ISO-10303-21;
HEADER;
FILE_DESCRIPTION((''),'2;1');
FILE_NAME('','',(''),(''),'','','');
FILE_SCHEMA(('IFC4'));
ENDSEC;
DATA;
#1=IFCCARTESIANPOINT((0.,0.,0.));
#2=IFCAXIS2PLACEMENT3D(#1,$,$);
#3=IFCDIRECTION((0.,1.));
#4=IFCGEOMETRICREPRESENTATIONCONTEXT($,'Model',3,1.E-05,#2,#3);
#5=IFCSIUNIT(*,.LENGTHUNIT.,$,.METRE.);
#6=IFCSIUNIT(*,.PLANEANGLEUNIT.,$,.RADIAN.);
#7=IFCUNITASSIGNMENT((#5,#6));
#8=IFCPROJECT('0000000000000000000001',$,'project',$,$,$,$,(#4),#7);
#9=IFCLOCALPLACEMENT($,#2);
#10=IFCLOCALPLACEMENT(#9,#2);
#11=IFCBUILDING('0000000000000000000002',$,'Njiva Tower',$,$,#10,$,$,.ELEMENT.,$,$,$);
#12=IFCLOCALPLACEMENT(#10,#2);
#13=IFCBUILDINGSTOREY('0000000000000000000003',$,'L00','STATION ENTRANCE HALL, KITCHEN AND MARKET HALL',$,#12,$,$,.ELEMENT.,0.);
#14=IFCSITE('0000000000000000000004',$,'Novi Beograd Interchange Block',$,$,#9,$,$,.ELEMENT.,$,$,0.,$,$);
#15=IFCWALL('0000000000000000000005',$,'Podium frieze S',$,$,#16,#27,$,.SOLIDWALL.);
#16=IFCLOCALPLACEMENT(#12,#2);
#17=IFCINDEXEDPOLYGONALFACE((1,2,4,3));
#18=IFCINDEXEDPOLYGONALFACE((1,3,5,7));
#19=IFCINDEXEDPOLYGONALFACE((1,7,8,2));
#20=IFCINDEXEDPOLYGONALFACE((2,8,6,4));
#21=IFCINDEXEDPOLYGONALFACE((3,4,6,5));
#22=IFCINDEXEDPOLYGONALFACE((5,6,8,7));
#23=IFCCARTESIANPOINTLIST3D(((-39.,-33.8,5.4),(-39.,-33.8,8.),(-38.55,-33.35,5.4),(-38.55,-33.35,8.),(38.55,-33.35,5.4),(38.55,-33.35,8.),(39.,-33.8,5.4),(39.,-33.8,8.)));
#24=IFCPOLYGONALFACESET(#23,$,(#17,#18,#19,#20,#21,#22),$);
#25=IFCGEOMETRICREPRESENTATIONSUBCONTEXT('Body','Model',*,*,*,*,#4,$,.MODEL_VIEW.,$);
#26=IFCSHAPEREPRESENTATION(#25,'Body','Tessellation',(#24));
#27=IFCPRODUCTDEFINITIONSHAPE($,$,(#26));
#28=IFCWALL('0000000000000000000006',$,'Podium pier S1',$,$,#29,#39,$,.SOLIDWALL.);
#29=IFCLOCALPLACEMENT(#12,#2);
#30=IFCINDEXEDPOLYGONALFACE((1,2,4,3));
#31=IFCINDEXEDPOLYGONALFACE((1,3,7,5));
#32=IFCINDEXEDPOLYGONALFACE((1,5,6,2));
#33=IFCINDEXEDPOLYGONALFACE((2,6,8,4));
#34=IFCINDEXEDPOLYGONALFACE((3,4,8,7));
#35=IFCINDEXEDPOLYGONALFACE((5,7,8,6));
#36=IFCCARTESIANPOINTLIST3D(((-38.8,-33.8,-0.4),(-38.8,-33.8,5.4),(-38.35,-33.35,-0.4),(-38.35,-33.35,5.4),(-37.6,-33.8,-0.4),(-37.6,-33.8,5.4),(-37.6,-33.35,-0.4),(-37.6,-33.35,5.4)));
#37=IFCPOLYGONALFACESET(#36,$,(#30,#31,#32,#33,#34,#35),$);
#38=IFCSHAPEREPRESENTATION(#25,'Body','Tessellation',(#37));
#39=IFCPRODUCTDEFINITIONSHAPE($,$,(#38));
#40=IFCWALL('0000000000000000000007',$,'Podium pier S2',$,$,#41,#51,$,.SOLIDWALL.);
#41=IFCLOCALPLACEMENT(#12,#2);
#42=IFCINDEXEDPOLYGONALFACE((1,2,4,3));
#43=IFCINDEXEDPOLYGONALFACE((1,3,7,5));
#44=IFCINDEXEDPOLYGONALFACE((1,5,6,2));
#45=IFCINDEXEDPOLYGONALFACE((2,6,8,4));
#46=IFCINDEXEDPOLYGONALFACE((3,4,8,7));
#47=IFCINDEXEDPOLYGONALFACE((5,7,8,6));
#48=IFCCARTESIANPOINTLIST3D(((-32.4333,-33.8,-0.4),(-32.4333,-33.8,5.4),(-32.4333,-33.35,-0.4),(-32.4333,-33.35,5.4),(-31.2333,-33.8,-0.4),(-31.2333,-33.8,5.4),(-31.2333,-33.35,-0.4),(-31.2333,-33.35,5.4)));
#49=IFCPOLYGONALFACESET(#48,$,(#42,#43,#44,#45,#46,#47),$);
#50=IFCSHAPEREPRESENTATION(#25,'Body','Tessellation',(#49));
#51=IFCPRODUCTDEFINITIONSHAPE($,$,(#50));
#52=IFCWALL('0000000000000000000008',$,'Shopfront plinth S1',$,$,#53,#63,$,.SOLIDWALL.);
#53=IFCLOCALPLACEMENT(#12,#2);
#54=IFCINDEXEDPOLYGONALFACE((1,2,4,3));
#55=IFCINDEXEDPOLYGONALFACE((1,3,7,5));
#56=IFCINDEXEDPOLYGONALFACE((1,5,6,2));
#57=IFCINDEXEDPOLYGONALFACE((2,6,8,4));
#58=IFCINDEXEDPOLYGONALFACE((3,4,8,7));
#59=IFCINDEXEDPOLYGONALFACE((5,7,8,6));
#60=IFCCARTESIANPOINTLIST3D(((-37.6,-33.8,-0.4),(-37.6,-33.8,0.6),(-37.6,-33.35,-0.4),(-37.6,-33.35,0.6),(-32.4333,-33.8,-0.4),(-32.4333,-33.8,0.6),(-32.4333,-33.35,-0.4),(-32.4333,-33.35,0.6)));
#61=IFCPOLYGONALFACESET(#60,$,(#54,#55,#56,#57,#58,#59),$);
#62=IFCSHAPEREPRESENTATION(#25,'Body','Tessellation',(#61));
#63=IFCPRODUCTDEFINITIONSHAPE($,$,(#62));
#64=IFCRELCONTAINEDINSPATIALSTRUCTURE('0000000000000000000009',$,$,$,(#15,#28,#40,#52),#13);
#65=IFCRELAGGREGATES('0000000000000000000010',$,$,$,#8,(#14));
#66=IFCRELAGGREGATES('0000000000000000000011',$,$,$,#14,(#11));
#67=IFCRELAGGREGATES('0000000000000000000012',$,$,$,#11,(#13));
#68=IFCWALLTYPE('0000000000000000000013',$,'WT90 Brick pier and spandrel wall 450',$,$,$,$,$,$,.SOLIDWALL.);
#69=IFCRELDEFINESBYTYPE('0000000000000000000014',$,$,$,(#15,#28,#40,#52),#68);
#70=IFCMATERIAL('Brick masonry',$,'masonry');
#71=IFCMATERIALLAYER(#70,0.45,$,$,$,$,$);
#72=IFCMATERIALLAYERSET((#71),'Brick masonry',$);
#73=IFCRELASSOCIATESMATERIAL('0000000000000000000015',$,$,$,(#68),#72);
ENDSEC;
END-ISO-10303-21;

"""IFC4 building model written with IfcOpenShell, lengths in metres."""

from ifc_helpers import new_model, si_unit, direction, frame, origin, place, context, subcontext, project, spatial, polyline, outline, extrude, material, layer, layer_set, type_object, element, save


model = new_model("IFC4")

# Units and contexts
model_context = context("Model", 3, precision=1e-05, world=origin(), true_north=direction((0.0, 1.0)))
body_context = subcontext(model_context, "Body", "Model", "MODEL_VIEW")
ifc_project = project(units=[si_unit("LENGTHUNIT", "METRE"), si_unit("PLANEANGLEUNIT", "RADIAN")], contexts=[model_context])

# Site, building, storey
site_placement = place(None, origin())
site = spatial("IfcSite", under=ifc_project, at=site_placement, Name="Novi Beograd Interchange Block", CompositionType="ELEMENT", RefElevation=0.0)
building_placement = place(site_placement, origin())
building = spatial("IfcBuilding", under=site, at=building_placement, Name="Njiva Tower", CompositionType="ELEMENT")
storey_placement = place(building_placement, origin())
storey = spatial("IfcBuildingStorey", under=building, at=storey_placement, Name="L00", Description="STATION ENTRANCE HALL, KITCHEN AND MARKET HALL", CompositionType="ELEMENT", Elevation=0.0)

# Walls
ifc_material_1 = material(Name="Brick masonry", Category="masonry")
ifc_layer_1 = layer(ifc_material_1, 0.45)
ifc_layer_set_1 = layer_set([ifc_layer_1], Name="Brick masonry")
wall_type = type_object("IfcWallType", Name="WT90 Brick pier and spandrel wall 450", PredefinedType="SOLIDWALL", material=ifc_layer_set_1)
wall_1_placement = place(storey_placement, frame((-38.775, -33.575, 5.4), z_axis=(0.0, 0.0, 1.0), x_axis=(1.0, 0.0, 0.0)))
element("IfcWall", 1, at=wall_1_placement, inside=storey, type_object=wall_type, Name="Podium frieze S", PredefinedType="SOLIDWALL", context=body_context, shape_type="SweptSolid", body=[
    extrude(outline(polyline([(-0.225, -0.225), (77.775, -0.225), (77.325, 0.225), (0.225, 0.225), (-0.225, -0.225)])), origin(), (0.0, 0.0, 1.0), 2.6),
])
wall_2_placement = place(storey_placement, frame((-38.575, -33.575, -0.4), z_axis=(0.0, 0.0, 1.0), x_axis=(1.0, 0.0, 0.0)))
element("IfcWall", 2, at=wall_2_placement, inside=storey, type_object=wall_type, Name="Podium pier S1", PredefinedType="SOLIDWALL", context=body_context, shape_type="SweptSolid", body=[
    extrude(outline(polyline([(-0.225, -0.225), (0.975, -0.225), (0.975, 0.225), (0.225, 0.225), (-0.225, -0.225)])), origin(), (0.0, 0.0, 1.0), 5.8),
])
wall_3_placement = place(storey_placement, frame((-32.4333, -33.575, -0.4), z_axis=(0.0, 0.0, 1.0), x_axis=(1.0, 0.0, 0.0)))
element("IfcWall", 3, at=wall_3_placement, inside=storey, type_object=wall_type, Name="Podium pier S2", PredefinedType="SOLIDWALL", context=body_context, shape_type="SweptSolid", body=[
    extrude(outline(polyline([(0.0, -0.225), (1.2, -0.225), (1.2, 0.225), (0.0, 0.225), (0.0, -0.225)])), origin(), (0.0, 0.0, 1.0), 5.8),
])
wall_4_placement = place(storey_placement, frame((-37.6, -33.575, -0.4), z_axis=(0.0, 0.0, 1.0), x_axis=(1.0, 0.0, 0.0)))
element("IfcWall", 4, at=wall_4_placement, inside=storey, type_object=wall_type, Name="Shopfront plinth S1", PredefinedType="SOLIDWALL", context=body_context, shape_type="SweptSolid", body=[
    extrude(outline(polyline([(0.0, -0.225), (5.1667, -0.225), (5.1667, 0.225), (0.0, 0.225), (0.0, -0.225)])), origin(), (0.0, 0.0, 1.0), 1.0),
])

save(model, "model.ifc")
